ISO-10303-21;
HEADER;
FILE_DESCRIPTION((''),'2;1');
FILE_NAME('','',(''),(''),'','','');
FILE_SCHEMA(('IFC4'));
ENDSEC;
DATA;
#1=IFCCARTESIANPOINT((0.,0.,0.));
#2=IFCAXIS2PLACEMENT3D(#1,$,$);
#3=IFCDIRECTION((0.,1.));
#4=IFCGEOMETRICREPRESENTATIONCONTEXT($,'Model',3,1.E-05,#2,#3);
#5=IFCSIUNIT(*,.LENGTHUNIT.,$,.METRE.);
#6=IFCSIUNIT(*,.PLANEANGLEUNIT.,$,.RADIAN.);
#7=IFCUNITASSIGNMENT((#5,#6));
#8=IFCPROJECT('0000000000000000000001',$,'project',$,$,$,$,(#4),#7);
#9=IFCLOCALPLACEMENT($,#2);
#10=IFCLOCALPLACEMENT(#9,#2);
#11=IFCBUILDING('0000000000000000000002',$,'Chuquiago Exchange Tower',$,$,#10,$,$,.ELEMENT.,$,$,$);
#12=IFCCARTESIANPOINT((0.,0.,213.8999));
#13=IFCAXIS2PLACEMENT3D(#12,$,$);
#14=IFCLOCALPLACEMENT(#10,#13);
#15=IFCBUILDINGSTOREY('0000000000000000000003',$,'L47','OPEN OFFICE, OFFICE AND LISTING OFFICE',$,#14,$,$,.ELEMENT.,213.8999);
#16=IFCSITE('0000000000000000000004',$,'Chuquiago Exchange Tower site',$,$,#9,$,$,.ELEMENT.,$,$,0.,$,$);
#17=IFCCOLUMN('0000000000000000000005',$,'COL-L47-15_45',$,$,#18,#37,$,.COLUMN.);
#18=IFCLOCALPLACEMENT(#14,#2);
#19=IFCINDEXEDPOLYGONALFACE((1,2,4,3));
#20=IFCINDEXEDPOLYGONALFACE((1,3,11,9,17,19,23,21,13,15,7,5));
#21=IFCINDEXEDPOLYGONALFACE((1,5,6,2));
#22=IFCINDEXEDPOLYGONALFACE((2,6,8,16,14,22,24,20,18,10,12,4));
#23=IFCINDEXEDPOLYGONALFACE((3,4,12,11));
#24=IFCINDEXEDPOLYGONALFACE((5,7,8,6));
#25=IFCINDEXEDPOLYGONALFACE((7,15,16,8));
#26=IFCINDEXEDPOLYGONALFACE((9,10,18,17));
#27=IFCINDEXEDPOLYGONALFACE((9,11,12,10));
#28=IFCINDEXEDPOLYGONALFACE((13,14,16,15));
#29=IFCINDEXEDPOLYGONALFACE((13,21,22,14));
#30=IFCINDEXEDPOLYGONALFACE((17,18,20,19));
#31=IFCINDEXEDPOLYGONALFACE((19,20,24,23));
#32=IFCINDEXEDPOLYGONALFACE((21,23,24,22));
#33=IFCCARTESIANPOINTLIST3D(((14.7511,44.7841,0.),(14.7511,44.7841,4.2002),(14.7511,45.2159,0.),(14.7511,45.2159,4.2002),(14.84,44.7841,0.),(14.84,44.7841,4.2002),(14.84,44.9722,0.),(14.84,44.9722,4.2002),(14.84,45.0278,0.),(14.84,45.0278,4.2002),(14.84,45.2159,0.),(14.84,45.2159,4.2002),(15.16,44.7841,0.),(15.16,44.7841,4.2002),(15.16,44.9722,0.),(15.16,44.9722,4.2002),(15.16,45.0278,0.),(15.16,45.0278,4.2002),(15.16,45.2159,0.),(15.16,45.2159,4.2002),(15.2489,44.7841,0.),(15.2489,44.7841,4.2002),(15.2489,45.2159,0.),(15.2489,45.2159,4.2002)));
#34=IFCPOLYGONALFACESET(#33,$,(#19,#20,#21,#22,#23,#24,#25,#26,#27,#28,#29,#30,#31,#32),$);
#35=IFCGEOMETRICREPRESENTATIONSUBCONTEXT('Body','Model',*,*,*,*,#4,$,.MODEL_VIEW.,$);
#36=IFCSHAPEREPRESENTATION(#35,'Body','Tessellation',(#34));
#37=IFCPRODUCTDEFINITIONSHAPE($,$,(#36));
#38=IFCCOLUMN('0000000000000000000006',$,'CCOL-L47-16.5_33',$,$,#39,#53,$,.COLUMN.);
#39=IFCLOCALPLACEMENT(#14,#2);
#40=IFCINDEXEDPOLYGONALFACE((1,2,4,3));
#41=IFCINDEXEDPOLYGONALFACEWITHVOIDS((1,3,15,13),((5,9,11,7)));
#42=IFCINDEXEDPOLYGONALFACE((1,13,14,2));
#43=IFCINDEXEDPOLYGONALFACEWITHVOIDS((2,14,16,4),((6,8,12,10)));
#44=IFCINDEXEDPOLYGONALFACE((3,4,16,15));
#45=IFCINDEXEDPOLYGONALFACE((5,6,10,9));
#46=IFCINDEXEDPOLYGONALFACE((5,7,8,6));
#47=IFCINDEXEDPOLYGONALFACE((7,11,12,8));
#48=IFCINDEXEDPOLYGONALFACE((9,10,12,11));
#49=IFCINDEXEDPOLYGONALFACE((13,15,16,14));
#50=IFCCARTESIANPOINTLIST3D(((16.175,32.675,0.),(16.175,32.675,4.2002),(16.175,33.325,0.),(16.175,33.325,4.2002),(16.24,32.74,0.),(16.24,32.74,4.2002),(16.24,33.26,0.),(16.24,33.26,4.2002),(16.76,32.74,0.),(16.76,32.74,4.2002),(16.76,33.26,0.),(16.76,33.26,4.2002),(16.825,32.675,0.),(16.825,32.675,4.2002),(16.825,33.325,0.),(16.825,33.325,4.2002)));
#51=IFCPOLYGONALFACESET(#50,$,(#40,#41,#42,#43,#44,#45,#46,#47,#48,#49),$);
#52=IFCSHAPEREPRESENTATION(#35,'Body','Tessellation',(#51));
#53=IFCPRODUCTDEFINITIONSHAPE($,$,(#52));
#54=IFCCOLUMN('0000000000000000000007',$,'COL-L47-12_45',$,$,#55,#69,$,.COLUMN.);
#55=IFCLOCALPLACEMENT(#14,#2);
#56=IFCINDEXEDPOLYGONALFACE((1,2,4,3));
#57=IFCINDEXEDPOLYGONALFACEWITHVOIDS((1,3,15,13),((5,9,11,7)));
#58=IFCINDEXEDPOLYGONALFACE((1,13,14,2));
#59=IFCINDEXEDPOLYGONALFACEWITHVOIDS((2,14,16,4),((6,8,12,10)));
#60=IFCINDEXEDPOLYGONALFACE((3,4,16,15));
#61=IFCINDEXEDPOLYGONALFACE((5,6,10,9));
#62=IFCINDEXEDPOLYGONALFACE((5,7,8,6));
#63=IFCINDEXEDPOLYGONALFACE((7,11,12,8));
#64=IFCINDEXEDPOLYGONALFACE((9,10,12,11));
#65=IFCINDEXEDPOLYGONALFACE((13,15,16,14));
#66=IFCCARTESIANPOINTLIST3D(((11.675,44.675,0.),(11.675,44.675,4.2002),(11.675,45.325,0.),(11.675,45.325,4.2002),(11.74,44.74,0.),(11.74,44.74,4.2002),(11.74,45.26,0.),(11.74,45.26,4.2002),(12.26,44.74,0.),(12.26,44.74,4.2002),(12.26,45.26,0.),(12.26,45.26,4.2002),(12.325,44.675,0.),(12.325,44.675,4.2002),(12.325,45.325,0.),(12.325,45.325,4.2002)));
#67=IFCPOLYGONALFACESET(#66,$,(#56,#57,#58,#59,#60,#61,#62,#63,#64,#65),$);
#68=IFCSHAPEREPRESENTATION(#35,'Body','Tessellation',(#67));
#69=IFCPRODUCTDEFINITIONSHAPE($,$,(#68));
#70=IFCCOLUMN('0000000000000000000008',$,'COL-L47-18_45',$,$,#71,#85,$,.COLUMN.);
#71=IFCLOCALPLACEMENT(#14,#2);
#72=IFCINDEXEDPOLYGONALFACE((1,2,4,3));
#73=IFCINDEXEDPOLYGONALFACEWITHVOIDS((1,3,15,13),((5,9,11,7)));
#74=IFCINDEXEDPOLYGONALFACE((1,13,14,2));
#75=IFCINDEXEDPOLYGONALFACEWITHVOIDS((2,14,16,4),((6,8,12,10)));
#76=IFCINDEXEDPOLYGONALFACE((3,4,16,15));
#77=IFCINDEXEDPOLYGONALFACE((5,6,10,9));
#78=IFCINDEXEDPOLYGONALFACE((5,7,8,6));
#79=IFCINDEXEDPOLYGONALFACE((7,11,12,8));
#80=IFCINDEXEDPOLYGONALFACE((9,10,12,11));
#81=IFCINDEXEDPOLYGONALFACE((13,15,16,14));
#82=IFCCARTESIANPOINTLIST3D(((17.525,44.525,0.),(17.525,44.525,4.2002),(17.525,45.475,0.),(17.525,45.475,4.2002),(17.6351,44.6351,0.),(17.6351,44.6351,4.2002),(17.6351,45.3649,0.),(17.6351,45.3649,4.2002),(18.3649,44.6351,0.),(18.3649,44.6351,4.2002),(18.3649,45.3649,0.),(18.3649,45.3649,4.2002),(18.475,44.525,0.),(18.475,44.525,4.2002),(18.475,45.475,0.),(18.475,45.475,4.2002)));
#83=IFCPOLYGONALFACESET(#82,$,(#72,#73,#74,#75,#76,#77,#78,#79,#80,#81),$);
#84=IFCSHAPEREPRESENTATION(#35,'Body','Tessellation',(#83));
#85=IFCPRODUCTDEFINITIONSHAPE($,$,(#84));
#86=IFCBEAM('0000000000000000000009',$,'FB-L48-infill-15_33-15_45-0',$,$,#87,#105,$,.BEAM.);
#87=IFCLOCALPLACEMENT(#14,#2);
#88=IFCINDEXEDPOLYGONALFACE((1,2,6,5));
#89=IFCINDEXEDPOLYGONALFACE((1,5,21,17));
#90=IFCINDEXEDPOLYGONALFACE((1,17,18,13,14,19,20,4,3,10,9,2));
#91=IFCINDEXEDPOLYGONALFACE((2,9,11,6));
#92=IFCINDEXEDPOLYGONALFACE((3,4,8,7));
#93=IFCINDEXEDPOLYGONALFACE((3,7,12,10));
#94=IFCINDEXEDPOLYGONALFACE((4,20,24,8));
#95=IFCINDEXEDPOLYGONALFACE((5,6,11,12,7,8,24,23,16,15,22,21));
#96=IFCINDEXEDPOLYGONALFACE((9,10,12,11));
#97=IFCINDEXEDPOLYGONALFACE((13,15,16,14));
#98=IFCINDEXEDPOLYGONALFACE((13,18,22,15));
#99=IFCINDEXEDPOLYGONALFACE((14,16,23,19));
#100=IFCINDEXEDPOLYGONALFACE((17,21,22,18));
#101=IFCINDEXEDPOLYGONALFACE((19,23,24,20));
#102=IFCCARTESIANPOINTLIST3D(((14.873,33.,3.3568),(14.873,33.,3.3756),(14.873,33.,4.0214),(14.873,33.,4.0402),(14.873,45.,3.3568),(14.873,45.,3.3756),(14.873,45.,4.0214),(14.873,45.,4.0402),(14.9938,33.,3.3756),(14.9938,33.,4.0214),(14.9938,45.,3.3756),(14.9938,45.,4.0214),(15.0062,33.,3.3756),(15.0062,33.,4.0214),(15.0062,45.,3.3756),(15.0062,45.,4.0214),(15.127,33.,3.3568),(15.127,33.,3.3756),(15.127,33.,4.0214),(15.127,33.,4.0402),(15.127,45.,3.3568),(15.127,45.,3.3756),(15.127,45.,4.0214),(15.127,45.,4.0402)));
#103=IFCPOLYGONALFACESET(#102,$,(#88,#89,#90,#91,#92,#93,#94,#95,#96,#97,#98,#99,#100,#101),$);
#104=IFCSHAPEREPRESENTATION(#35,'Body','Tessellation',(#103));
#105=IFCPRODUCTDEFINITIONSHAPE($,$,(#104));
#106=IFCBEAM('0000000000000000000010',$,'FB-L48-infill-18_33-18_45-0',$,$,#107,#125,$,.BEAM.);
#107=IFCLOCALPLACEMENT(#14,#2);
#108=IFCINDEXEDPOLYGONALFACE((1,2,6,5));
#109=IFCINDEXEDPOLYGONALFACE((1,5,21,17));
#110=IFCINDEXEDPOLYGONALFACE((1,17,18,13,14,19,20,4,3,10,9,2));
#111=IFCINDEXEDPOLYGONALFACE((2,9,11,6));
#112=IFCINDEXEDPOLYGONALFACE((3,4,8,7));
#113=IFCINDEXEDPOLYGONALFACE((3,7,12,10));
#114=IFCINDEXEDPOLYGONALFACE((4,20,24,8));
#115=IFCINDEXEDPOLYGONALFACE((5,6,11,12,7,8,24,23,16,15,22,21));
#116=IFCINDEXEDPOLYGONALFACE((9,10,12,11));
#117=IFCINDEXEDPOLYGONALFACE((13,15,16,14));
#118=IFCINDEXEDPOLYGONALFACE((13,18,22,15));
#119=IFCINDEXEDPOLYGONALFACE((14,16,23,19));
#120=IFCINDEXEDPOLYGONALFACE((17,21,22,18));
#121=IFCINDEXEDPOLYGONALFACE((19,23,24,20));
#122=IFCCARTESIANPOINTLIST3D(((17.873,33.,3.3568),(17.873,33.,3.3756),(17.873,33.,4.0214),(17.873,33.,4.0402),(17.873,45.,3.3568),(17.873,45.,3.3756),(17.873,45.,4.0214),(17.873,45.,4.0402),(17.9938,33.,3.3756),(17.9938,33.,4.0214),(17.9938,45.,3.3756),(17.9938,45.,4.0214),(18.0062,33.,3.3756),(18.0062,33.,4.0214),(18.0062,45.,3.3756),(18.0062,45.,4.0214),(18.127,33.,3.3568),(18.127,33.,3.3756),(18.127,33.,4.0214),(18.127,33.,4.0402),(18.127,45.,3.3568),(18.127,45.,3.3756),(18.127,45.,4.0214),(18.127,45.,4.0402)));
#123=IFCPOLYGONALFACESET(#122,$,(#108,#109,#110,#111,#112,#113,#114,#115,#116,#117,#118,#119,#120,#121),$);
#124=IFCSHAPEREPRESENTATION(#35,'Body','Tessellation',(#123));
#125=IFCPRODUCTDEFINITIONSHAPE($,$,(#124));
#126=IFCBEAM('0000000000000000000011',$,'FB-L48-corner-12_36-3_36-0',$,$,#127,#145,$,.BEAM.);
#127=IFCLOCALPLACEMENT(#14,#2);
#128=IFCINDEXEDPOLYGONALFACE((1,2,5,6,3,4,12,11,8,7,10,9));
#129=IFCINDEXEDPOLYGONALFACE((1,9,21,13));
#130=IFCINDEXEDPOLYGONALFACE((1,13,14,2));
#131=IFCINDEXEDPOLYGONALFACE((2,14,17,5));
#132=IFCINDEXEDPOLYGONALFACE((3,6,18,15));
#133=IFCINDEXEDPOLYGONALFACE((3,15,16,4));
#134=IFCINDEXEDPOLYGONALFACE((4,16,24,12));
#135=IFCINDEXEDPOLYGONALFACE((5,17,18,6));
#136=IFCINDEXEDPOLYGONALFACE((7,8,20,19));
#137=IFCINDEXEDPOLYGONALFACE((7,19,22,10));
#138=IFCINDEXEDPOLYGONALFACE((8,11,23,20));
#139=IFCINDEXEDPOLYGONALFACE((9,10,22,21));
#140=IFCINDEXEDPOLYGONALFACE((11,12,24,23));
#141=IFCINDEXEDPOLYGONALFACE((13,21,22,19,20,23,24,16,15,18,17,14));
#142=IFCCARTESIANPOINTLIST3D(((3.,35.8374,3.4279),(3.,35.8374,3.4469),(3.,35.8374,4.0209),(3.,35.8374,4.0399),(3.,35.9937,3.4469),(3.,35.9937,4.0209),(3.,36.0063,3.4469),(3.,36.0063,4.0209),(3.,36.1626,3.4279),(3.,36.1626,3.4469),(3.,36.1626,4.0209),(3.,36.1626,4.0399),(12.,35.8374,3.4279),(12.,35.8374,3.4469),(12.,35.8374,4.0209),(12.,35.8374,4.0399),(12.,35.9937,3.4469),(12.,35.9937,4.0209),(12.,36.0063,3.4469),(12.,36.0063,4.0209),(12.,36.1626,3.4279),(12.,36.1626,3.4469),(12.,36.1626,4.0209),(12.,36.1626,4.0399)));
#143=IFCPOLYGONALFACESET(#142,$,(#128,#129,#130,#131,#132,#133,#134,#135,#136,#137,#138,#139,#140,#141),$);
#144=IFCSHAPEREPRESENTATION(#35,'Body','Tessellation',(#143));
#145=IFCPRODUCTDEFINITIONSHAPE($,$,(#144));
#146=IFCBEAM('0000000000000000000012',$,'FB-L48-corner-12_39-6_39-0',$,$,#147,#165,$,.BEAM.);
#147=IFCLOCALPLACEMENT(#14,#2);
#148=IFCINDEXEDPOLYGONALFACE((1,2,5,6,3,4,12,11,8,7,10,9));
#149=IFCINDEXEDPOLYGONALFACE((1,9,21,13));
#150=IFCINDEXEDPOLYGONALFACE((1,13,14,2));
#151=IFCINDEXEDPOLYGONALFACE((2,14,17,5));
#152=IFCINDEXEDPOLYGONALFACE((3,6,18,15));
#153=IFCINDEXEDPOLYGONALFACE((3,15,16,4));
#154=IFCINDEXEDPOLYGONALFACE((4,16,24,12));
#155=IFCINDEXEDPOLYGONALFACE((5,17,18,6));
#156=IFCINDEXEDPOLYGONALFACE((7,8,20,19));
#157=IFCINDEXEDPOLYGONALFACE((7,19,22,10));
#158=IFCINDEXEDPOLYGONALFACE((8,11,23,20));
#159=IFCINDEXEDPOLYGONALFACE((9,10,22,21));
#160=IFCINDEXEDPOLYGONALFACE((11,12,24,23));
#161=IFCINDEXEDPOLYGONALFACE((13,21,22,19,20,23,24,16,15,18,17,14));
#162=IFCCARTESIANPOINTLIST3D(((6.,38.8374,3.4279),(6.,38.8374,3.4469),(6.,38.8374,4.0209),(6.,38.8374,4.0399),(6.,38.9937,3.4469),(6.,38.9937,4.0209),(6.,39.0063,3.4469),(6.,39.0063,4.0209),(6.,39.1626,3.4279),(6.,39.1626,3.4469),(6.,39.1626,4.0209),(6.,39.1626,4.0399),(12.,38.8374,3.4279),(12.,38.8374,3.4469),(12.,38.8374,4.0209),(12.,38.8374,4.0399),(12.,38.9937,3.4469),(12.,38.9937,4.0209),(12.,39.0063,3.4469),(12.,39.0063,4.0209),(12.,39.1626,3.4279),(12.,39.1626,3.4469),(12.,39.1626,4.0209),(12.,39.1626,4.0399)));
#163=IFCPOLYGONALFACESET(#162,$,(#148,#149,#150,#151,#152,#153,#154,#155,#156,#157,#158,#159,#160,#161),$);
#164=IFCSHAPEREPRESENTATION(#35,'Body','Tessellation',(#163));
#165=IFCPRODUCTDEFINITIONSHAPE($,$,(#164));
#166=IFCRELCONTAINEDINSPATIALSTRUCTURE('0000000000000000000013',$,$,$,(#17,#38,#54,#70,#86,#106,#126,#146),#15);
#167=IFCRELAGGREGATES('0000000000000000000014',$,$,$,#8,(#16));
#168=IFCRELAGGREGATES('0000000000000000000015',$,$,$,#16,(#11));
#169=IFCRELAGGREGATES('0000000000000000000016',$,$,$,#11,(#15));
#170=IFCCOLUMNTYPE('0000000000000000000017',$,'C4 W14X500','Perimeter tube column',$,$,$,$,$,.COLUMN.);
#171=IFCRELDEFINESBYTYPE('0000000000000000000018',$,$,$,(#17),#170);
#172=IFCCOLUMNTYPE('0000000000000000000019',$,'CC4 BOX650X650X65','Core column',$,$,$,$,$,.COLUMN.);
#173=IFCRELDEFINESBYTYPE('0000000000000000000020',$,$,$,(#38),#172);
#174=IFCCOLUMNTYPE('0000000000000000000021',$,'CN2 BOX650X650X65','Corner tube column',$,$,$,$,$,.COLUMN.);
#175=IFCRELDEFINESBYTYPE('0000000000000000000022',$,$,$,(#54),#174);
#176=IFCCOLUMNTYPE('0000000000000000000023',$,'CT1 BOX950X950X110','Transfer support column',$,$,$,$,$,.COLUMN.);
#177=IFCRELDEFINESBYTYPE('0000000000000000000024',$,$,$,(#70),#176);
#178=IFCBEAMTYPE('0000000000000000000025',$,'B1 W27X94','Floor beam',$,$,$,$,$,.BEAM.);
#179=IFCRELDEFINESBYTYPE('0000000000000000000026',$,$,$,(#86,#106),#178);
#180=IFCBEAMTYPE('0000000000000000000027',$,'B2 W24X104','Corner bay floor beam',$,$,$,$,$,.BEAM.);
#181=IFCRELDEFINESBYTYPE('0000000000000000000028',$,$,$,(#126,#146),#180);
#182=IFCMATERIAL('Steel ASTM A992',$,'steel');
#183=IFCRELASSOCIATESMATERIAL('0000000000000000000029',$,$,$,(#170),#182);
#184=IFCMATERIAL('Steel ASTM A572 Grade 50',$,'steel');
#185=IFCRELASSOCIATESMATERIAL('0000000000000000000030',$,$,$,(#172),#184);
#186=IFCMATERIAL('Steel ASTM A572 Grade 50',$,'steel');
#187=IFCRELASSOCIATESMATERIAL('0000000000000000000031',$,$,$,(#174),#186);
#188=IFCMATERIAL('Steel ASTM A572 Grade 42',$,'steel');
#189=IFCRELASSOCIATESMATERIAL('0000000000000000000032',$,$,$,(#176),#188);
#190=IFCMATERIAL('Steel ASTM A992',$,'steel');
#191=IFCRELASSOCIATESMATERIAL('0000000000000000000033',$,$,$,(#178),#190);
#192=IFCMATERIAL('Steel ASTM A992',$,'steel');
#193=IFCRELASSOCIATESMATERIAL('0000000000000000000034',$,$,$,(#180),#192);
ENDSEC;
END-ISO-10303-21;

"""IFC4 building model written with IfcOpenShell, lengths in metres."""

from ifc_helpers import new_model, si_unit, direction, frame, origin, origin_2d, place, context, subcontext, project, spatial, hollow_rectangle, i_section, extrude, material, material_profile, profile_set, type_object, element, save


model = new_model("IFC4")

# Units and contexts
model_context = context("Model", 3, precision=1e-05, world=origin(), true_north=direction((0.0, 1.0)))
body_context = subcontext(model_context, "Body", "Model", "MODEL_VIEW")
ifc_project = project(units=[si_unit("LENGTHUNIT", "METRE"), si_unit("PLANEANGLEUNIT", "RADIAN")], contexts=[model_context])

# Site, building, storey
site_placement = place(None, origin())
site = spatial("IfcSite", under=ifc_project, at=site_placement, Name="Chuquiago Exchange Tower site", CompositionType="ELEMENT", RefElevation=0.0)
building_placement = place(site_placement, origin())
building = spatial("IfcBuilding", under=site, at=building_placement, Name="Chuquiago Exchange Tower", CompositionType="ELEMENT")
storey_placement = place(building_placement, frame((0.0, 0.0, 213.8999)))
storey = spatial("IfcBuildingStorey", under=building, at=storey_placement, Name="L47", Description="OPEN OFFICE, OFFICE AND LISTING OFFICE", CompositionType="ELEMENT", Elevation=213.8999)

# Columns
ifc_material_1 = material(Name="Steel ASTM A992", Category="steel")
ifc_material_profile_1 = material_profile(ifc_material_1, i_section(OverallWidth=0.4319, OverallDepth=0.4978, WebThickness=0.0557, FlangeThickness=0.0889, at=origin_2d()), Name="W14X500")
ifc_profile_set_1 = profile_set([ifc_material_profile_1], Name="Steel ASTM A992")
column_type_1 = type_object("IfcColumnType", Name="C4 W14X500", Description="Perimeter tube column", PredefinedType="COLUMN", material=ifc_profile_set_1)
column_1_placement = place(storey_placement, frame((15.0, 45.0, 0.0), z_axis=(0.0, 0.0, 1.0), x_axis=(0.0, 1.0, 0.0)))
element("IfcColumn", 1, at=column_1_placement, inside=storey, type_object=column_type_1, Name="COL-L47-15_45", PredefinedType="COLUMN", context=body_context, shape_type="SweptSolid", body=[
    extrude(i_section(OverallWidth=0.4319, OverallDepth=0.4978, WebThickness=0.0557, FlangeThickness=0.0889, at=origin_2d()), origin(), (0.0, 0.0, 1.0), 4.2002),
])
ifc_material_2 = material(Name="Steel ASTM A572 Grade 50", Category="steel")
ifc_material_profile_2 = material_profile(ifc_material_2, hollow_rectangle(XDim=0.6499, YDim=0.6499, WallThickness=0.0649, at=origin_2d()), Name="BOX650X650X65")
ifc_profile_set_2 = profile_set([ifc_material_profile_2], Name="Steel ASTM A572 Grade 50")
column_type_2 = type_object("IfcColumnType", Name="CC4 BOX650X650X65", Description="Core column", PredefinedType="COLUMN", material=ifc_profile_set_2)
column_2_placement = place(storey_placement, frame((16.5, 33.0, 0.0), z_axis=(0.0, 0.0, 1.0), x_axis=(1.0, 0.0, 0.0)))
element("IfcColumn", 2, at=column_2_placement, inside=storey, type_object=column_type_2, Name="CCOL-L47-16.5_33", PredefinedType="COLUMN", context=body_context, shape_type="SweptSolid", body=[
    extrude(hollow_rectangle(XDim=0.6499, YDim=0.6499, WallThickness=0.0649, at=origin_2d()), origin(), (0.0, 0.0, 1.0), 4.2002),
])
ifc_material_3 = material(Name="Steel ASTM A572 Grade 50", Category="steel")
ifc_material_profile_3 = material_profile(ifc_material_3, hollow_rectangle(XDim=0.6499, YDim=0.6499, WallThickness=0.0649, at=origin_2d()), Name="BOX650X650X65")
ifc_profile_set_3 = profile_set([ifc_material_profile_3], Name="Steel ASTM A572 Grade 50")
column_type_3 = type_object("IfcColumnType", Name="CN2 BOX650X650X65", Description="Corner tube column", PredefinedType="COLUMN", material=ifc_profile_set_3)
column_3_placement = place(storey_placement, frame((12.0, 45.0, 0.0), z_axis=(0.0, 0.0, 1.0), x_axis=(0.0, 1.0, 0.0)))
element("IfcColumn", 3, at=column_3_placement, inside=storey, type_object=column_type_3, Name="COL-L47-12_45", PredefinedType="COLUMN", context=body_context, shape_type="SweptSolid", body=[
    extrude(hollow_rectangle(XDim=0.6499, YDim=0.6499, WallThickness=0.0649, at=origin_2d()), origin(), (0.0, 0.0, 1.0), 4.2002),
])
ifc_material_4 = material(Name="Steel ASTM A572 Grade 42", Category="steel")
ifc_material_profile_4 = material_profile(ifc_material_4, hollow_rectangle(XDim=0.95, YDim=0.95, WallThickness=0.1101, at=origin_2d()), Name="BOX950X950X110")
ifc_profile_set_4 = profile_set([ifc_material_profile_4], Name="Steel ASTM A572 Grade 42")
column_type_4 = type_object("IfcColumnType", Name="CT1 BOX950X950X110", Description="Transfer support column", PredefinedType="COLUMN", material=ifc_profile_set_4)
column_4_placement = place(storey_placement, frame((18.0, 45.0, 0.0), z_axis=(0.0, 0.0, 1.0), x_axis=(0.0, 1.0, 0.0)))
element("IfcColumn", 4, at=column_4_placement, inside=storey, type_object=column_type_4, Name="COL-L47-18_45", PredefinedType="COLUMN", context=body_context, shape_type="SweptSolid", body=[
    extrude(hollow_rectangle(XDim=0.95, YDim=0.95, WallThickness=0.1101, at=origin_2d()), origin(), (0.0, 0.0, 1.0), 4.2002),
])

# Beams
ifc_material_5 = material(Name="Steel ASTM A992", Category="steel")
ifc_material_profile_5 = material_profile(ifc_material_5, i_section(OverallWidth=0.2539, OverallDepth=0.6833, WebThickness=0.0125, FlangeThickness=0.0188, at=origin_2d()), Name="W27X94")
ifc_profile_set_5 = profile_set([ifc_material_profile_5], Name="Steel ASTM A992")
beam_type_1 = type_object("IfcBeamType", Name="B1 W27X94", Description="Floor beam", PredefinedType="BEAM", material=ifc_profile_set_5)
for number, where, z_axis, x_axis, name in (
    (5, (15.0, 33.0, 3.6985), (0.0, 1.0, 0.0), (-1.0, 0.0, 0.0), "FB-L48-infill-15_33-15_45-0"),
    (6, (18.0, 33.0, 3.6985), (0.0, 1.0, 0.0), (-1.0, 0.0, 0.0), "FB-L48-infill-18_33-18_45-0"),
):
    element("IfcBeam", number, at=place(storey_placement, frame(where, z_axis=z_axis, x_axis=x_axis)), inside=storey, type_object=beam_type_1, Name=name, PredefinedType="BEAM", context=body_context, shape_type="SweptSolid", body=[
        extrude(i_section(OverallWidth=0.2539, OverallDepth=0.6833, WebThickness=0.0125, FlangeThickness=0.0188, at=origin_2d()), origin(), (0.0, 0.0, 1.0), 12.0),
    ])
ifc_material_6 = material(Name="Steel ASTM A992", Category="steel")
ifc_material_profile_6 = material_profile(ifc_material_6, i_section(OverallWidth=0.3252, OverallDepth=0.6121, WebThickness=0.0127, FlangeThickness=0.019, at=origin_2d()), Name="W24X104")
ifc_profile_set_6 = profile_set([ifc_material_profile_6], Name="Steel ASTM A992")
beam_type_2 = type_object("IfcBeamType", Name="B2 W24X104", Description="Corner bay floor beam", PredefinedType="BEAM", material=ifc_profile_set_6)
beam_1_placement = place(storey_placement, frame((12.0, 36.0, 3.7339), z_axis=(-1.0, 0.0, 0.0), x_axis=(0.0, -1.0, 0.0)))
element("IfcBeam", 7, at=beam_1_placement, inside=storey, type_object=beam_type_2, Name="FB-L48-corner-12_36-3_36-0", PredefinedType="BEAM", context=body_context, shape_type="SweptSolid", body=[
    extrude(i_section(OverallWidth=0.3252, OverallDepth=0.6121, WebThickness=0.0127, FlangeThickness=0.019, at=origin_2d()), origin(), (0.0, 0.0, 1.0), 9.0),
])
beam_2_placement = place(storey_placement, frame((12.0, 39.0, 3.7339), z_axis=(-1.0, 0.0, 0.0), x_axis=(0.0, -1.0, 0.0)))
element("IfcBeam", 8, at=beam_2_placement, inside=storey, type_object=beam_type_2, Name="FB-L48-corner-12_39-6_39-0", PredefinedType="BEAM", context=body_context, shape_type="SweptSolid", body=[
    extrude(i_section(OverallWidth=0.3252, OverallDepth=0.6121, WebThickness=0.0127, FlangeThickness=0.019, at=origin_2d()), origin(), (0.0, 0.0, 1.0), 6.0),
])

save(model, "model.ifc")
